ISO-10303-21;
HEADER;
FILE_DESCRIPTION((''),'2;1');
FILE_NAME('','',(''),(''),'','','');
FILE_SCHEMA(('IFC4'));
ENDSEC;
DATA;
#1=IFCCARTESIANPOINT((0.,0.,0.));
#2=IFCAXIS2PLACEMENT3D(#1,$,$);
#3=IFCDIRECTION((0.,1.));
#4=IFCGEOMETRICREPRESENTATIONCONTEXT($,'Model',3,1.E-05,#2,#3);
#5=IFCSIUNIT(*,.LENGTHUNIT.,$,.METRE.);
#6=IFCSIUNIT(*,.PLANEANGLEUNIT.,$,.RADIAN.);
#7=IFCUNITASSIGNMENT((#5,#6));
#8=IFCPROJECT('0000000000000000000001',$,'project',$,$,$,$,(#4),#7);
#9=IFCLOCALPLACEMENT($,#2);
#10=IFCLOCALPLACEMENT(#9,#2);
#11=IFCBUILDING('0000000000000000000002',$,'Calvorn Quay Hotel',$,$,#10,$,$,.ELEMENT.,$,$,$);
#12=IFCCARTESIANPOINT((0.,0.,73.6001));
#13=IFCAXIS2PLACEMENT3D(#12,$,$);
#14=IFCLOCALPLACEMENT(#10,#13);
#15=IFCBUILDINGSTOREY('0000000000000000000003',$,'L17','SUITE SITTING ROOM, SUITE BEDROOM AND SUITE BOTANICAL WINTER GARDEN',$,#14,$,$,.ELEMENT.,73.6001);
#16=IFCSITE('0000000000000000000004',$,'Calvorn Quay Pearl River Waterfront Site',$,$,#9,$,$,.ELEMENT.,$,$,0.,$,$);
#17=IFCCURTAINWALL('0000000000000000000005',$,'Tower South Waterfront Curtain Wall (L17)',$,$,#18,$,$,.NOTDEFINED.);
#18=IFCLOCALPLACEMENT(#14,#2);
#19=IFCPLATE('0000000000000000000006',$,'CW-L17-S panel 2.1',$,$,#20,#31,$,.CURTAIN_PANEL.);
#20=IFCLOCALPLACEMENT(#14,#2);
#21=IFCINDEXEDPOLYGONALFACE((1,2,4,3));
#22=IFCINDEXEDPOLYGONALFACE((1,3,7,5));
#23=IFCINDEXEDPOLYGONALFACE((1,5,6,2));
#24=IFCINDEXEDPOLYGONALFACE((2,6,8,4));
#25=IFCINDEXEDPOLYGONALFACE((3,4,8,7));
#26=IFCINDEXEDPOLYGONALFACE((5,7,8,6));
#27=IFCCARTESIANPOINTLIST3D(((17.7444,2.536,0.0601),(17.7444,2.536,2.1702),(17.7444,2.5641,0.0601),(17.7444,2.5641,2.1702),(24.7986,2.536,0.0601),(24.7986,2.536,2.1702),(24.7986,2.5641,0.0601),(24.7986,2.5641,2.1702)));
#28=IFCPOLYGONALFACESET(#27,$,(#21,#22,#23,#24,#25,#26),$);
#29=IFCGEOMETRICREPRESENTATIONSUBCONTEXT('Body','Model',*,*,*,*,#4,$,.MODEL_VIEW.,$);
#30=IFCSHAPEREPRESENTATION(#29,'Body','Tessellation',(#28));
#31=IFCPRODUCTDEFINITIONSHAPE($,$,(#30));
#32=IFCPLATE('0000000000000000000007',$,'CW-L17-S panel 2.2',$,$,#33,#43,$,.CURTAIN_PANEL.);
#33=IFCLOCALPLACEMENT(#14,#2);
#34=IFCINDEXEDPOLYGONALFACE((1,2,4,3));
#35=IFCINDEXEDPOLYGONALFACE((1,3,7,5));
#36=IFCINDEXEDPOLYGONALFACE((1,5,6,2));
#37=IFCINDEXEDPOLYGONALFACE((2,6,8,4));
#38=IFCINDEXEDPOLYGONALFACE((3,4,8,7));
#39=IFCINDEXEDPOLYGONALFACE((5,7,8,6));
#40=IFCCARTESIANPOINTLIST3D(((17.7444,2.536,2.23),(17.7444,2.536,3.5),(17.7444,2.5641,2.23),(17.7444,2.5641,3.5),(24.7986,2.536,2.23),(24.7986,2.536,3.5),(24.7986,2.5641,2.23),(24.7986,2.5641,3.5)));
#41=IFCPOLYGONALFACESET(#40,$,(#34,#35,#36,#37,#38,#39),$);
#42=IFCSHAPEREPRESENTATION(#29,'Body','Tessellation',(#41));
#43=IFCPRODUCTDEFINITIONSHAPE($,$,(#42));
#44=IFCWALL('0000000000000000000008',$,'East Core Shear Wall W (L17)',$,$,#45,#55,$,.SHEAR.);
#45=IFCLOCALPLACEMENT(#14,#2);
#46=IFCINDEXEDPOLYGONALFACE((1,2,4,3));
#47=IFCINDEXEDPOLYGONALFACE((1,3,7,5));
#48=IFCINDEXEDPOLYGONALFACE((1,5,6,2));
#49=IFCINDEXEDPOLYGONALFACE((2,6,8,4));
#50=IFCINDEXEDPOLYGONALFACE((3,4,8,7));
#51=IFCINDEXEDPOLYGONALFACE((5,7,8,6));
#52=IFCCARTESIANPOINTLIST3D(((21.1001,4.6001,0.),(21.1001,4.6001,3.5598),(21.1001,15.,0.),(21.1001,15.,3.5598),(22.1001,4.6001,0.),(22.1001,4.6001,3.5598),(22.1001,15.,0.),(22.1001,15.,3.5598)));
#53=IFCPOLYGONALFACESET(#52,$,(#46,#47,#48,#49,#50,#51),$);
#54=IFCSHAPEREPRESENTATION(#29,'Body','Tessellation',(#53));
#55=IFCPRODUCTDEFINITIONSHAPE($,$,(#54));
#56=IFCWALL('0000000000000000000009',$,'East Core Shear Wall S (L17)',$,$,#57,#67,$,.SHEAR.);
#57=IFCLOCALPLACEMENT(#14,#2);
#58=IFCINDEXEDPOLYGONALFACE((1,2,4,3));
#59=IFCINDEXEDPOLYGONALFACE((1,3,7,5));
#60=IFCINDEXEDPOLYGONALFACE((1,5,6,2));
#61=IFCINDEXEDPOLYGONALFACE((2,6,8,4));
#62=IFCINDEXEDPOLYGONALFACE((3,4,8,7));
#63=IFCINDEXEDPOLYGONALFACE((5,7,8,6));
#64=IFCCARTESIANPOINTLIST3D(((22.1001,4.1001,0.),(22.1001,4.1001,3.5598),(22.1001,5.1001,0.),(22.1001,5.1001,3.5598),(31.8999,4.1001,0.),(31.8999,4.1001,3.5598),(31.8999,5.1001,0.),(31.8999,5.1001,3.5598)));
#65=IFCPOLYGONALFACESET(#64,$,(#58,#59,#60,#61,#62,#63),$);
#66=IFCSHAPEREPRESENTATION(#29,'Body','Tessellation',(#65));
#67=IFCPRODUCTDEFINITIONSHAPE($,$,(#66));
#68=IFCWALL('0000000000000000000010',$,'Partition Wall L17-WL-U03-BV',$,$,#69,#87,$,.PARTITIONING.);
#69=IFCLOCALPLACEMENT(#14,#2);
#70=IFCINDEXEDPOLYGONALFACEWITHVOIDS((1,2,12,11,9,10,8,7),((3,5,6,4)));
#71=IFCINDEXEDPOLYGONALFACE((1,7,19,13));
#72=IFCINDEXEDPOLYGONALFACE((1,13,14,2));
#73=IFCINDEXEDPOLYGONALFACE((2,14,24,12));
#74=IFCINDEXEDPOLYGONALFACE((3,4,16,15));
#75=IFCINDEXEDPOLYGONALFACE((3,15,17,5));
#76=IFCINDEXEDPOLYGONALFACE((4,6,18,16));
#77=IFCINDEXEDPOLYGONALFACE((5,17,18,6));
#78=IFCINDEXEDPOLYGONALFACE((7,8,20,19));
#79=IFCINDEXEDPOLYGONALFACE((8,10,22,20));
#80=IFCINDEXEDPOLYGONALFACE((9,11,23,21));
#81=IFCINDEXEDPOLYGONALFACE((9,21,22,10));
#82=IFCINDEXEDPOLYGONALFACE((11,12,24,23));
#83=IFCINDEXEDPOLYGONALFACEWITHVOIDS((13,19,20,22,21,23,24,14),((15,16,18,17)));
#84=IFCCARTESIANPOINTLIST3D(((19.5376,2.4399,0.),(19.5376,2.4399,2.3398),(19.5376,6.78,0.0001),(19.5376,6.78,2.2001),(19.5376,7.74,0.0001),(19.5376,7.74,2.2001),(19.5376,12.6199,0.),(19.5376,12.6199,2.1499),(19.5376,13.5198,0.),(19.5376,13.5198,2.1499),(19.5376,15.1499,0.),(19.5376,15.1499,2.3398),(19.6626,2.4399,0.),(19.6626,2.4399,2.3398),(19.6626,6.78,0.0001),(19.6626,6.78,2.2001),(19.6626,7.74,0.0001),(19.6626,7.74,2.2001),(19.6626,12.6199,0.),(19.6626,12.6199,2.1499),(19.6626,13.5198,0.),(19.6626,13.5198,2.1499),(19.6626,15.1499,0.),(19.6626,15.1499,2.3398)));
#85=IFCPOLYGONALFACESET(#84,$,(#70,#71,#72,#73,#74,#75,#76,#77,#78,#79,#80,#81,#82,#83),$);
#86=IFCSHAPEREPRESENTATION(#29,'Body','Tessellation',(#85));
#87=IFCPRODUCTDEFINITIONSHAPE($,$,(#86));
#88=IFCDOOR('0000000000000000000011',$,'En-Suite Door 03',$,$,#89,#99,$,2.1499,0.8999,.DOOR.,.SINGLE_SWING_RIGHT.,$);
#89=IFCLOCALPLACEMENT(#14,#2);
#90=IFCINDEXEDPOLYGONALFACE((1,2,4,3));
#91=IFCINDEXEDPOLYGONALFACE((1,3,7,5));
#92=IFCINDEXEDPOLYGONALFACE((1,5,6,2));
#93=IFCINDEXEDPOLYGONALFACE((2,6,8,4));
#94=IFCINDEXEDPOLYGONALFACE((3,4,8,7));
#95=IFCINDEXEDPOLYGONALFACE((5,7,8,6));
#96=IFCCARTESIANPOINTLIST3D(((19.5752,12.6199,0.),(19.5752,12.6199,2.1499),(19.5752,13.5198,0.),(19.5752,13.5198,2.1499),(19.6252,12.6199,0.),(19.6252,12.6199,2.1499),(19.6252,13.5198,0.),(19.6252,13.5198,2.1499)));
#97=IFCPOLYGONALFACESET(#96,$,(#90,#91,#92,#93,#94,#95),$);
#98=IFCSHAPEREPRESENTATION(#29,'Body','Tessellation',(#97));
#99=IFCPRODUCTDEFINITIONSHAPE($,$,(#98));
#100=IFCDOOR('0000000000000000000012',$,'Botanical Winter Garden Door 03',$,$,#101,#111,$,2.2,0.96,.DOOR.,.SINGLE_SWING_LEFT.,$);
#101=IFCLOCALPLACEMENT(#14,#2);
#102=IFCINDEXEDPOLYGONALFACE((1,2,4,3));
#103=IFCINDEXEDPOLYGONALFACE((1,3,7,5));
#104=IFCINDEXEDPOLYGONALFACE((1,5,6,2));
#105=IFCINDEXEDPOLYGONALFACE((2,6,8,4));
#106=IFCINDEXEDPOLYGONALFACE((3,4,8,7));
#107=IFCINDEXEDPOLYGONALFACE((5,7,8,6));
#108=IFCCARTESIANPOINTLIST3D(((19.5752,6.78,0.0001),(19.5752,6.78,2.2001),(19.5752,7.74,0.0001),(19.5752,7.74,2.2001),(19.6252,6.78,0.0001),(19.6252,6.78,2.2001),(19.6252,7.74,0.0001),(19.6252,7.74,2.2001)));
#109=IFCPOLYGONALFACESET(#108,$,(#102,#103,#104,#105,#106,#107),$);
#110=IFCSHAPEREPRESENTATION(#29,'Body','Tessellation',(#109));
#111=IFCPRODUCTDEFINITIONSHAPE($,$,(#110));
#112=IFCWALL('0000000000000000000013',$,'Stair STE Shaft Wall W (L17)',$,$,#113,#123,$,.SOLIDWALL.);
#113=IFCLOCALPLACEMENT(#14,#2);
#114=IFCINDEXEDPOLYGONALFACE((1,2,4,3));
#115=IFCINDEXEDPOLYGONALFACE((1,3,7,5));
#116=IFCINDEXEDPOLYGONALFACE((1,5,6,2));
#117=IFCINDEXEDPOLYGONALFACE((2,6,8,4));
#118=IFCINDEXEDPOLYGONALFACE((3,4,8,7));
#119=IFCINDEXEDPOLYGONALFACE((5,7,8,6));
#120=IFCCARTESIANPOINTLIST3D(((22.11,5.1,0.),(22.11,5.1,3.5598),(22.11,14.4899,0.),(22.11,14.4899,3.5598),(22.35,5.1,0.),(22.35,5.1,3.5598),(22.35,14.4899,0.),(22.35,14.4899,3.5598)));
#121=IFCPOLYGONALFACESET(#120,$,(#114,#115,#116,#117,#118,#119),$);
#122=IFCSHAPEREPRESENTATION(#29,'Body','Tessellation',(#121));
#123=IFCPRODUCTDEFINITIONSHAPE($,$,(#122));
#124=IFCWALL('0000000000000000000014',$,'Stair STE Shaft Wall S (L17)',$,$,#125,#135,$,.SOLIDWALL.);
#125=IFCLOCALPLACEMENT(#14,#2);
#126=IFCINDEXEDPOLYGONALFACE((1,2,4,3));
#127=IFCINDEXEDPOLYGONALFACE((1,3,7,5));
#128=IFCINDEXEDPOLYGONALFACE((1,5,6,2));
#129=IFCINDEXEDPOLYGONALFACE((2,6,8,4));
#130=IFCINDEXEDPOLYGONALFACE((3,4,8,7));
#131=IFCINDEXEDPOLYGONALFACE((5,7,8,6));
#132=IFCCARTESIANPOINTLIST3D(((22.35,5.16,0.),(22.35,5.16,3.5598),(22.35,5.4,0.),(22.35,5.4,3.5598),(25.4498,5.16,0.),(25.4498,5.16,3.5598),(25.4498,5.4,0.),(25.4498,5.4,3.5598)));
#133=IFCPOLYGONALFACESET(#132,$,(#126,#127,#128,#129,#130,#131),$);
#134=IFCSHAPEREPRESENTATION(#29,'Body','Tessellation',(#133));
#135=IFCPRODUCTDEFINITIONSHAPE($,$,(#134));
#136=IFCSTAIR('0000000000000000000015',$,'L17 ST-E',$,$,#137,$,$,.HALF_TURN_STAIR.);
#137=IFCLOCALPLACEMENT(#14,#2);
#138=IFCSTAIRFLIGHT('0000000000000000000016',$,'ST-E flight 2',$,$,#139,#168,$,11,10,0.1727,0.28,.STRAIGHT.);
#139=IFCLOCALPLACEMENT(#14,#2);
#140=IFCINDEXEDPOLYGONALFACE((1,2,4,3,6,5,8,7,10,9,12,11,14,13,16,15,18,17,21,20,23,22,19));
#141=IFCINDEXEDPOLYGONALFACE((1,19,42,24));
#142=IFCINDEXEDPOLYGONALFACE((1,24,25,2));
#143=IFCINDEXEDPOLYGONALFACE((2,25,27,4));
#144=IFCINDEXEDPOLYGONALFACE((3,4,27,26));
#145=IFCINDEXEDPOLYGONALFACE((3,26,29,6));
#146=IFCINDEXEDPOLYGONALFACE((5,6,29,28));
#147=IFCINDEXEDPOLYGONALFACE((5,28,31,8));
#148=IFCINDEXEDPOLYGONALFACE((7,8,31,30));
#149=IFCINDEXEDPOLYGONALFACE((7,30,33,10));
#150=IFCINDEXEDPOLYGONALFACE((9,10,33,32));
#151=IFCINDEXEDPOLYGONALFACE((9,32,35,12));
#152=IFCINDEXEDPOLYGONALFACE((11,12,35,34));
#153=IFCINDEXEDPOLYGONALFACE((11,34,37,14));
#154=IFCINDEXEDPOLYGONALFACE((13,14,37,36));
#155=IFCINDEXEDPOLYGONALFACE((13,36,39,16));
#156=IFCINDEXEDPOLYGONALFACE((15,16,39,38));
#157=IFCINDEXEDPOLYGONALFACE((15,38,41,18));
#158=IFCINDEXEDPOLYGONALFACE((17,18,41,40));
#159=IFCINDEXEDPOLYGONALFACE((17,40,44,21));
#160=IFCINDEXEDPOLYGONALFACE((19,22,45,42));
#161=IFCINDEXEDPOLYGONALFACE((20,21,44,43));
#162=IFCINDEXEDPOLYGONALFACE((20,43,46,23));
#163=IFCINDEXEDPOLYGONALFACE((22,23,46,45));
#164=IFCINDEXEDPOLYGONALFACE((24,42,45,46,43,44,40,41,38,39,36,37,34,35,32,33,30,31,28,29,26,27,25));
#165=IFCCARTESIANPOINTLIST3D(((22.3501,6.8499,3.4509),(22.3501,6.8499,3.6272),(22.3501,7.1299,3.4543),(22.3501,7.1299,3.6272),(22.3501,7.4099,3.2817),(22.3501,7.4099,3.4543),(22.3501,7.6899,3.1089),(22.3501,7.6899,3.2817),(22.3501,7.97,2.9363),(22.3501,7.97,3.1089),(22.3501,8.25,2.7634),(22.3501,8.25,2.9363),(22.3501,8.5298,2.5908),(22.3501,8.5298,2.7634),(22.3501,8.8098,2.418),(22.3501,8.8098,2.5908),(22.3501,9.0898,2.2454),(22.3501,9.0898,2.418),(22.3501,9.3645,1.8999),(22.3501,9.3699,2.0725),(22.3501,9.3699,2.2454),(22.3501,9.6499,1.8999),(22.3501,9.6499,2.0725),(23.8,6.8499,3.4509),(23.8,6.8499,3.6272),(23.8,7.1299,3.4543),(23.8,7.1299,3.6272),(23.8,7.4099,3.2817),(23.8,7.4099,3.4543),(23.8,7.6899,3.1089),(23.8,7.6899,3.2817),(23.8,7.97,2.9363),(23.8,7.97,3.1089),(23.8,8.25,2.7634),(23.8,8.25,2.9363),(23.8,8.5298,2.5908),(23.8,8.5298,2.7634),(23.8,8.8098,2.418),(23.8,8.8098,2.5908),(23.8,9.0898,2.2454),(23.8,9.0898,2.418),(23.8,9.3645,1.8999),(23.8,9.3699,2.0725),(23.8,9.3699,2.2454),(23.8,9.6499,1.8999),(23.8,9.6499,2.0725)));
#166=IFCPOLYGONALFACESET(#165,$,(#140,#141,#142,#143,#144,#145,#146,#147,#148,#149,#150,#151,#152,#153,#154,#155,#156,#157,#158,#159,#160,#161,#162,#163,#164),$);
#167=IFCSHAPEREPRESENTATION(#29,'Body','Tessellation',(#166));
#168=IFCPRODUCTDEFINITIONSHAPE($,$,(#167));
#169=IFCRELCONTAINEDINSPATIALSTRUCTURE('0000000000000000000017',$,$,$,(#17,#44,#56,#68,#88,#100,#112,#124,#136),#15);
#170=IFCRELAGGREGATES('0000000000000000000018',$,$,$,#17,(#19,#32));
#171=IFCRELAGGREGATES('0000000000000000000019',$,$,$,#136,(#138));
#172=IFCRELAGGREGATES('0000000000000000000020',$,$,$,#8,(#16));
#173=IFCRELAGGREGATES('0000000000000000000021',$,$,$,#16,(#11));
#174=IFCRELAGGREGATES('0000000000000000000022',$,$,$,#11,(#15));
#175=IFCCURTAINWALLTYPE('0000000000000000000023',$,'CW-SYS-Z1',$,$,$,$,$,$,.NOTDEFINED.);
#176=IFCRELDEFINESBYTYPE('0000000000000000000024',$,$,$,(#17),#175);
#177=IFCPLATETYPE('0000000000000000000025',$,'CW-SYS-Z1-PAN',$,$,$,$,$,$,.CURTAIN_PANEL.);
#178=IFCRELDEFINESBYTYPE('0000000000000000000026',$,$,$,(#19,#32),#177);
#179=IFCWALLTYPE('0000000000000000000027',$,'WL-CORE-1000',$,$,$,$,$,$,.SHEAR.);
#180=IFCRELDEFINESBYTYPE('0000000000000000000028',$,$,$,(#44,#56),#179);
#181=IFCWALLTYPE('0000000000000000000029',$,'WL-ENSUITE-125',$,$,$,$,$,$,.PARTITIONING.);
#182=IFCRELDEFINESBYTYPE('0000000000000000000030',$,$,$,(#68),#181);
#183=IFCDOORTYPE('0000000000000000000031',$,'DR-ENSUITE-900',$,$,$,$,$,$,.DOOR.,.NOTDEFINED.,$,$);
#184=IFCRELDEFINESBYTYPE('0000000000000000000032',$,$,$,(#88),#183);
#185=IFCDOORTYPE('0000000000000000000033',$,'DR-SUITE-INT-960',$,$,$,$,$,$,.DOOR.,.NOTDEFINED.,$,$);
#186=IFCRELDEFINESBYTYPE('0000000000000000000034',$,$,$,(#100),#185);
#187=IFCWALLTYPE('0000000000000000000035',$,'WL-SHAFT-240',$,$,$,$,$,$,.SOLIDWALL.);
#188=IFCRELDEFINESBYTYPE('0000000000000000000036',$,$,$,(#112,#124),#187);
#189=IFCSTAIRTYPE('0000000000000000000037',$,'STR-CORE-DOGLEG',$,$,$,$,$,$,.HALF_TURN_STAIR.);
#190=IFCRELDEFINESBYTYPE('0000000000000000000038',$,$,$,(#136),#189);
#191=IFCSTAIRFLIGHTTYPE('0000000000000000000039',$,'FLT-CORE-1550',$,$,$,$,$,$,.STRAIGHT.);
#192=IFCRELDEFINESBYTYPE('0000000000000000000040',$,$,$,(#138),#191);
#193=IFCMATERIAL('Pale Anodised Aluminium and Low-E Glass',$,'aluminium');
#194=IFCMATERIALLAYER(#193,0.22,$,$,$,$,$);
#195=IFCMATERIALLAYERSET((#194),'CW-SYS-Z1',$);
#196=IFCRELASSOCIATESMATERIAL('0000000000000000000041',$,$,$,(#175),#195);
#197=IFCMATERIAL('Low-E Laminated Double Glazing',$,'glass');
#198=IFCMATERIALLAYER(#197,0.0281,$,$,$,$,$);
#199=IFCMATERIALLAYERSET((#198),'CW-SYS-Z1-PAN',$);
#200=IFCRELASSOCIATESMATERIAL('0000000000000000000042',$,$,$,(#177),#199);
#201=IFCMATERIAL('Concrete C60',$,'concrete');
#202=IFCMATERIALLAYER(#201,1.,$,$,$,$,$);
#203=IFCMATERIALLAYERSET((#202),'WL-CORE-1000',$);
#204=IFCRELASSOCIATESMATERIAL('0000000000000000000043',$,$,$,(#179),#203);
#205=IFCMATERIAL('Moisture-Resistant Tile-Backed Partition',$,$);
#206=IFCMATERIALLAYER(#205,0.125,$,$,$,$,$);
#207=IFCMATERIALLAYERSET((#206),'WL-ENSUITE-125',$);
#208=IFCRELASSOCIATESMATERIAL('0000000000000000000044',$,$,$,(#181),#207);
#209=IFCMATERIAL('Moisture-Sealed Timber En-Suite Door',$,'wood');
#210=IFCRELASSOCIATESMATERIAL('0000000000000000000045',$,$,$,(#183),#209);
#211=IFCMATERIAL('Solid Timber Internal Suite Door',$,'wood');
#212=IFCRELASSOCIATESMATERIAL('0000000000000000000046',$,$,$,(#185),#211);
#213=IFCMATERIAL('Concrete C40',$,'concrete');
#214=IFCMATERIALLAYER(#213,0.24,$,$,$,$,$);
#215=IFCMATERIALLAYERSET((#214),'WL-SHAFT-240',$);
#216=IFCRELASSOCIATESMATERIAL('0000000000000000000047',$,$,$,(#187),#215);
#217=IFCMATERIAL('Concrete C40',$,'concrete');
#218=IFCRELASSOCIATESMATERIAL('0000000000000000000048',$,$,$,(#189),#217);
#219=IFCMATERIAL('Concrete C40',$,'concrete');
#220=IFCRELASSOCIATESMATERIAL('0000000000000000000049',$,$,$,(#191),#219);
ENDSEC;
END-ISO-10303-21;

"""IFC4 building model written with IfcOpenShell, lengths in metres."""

from ifc_helpers import new_model, si_unit, direction, frame, frame_2d, origin, origin_2d, place, context, subcontext, project, spatial, polyline, rectangle, outline, extrude, material, layer, layer_set, type_object, element, fill, aggregate, save


model = new_model("IFC4")

# Units and contexts
model_context = context("Model", 3, precision=1e-05, world=origin(), true_north=direction((0.0, 1.0)))
body_context = subcontext(model_context, "Body", "Model", "MODEL_VIEW")
ifc_project = project(units=[si_unit("LENGTHUNIT", "METRE"), si_unit("PLANEANGLEUNIT", "RADIAN")], contexts=[model_context])

# Site, building, storey
site_placement = place(None, origin())
site = spatial("IfcSite", under=ifc_project, at=site_placement, Name="Calvorn Quay Pearl River Waterfront Site", CompositionType="ELEMENT", RefElevation=0.0)
building_placement = place(site_placement, origin())
building = spatial("IfcBuilding", under=site, at=building_placement, Name="Calvorn Quay Hotel", CompositionType="ELEMENT")
storey_placement = place(building_placement, frame((0.0, 0.0, 73.6001)))
storey = spatial("IfcBuildingStorey", under=building, at=storey_placement, Name="L17", Description="SUITE SITTING ROOM, SUITE BEDROOM AND SUITE BOTANICAL WINTER GARDEN", CompositionType="ELEMENT", Elevation=73.6001)

# Curtain wall, plates
ifc_material_1 = material(Name="Pale Anodised Aluminium and Low-E Glass", Category="aluminium")
ifc_layer_1 = layer(ifc_material_1, 0.22)
ifc_layer_set_1 = layer_set([ifc_layer_1], Name="CW-SYS-Z1")
curtain_wall_type = type_object("IfcCurtainWallType", Name="CW-SYS-Z1", PredefinedType="NOTDEFINED", material=ifc_layer_set_1)
curtain_wall_placement = place(storey_placement, origin())
curtain_wall = element("IfcCurtainWall", 1, at=curtain_wall_placement, inside=storey, type_object=curtain_wall_type, Name="Tower South Waterfront Curtain Wall (L17)", PredefinedType="NOTDEFINED")
ifc_material_2 = material(Name="Low-E Laminated Double Glazing", Category="glass")
ifc_layer_2 = layer(ifc_material_2, 0.0281)
ifc_layer_set_2 = layer_set([ifc_layer_2], Name="CW-SYS-Z1-PAN")
plate_type = type_object("IfcPlateType", Name="CW-SYS-Z1-PAN", PredefinedType="CURTAIN_PANEL", material=ifc_layer_set_2)
plate_1_placement = place(storey_placement, frame((21.2715, 2.55, 0.0601), z_axis=(0.0, 0.0, 1.0), x_axis=(1.0, 0.0, 0.0)))
plate_1 = element("IfcPlate", 2, at=plate_1_placement, type_object=plate_type, Name="CW-L17-S panel 2.1", PredefinedType="CURTAIN_PANEL", context=body_context, shape_type="SweptSolid", body=[
    extrude(rectangle(XDim=7.0542, YDim=0.0281, at=origin_2d()), origin(), (0.0, 0.0, 1.0), 2.1101),
])
plate_2_placement = place(storey_placement, frame((21.2715, 2.55, 2.23), z_axis=(0.0, 0.0, 1.0), x_axis=(1.0, 0.0, 0.0)))
plate_2 = element("IfcPlate", 3, at=plate_2_placement, type_object=plate_type, Name="CW-L17-S panel 2.2", PredefinedType="CURTAIN_PANEL", context=body_context, shape_type="SweptSolid", body=[
    extrude(rectangle(XDim=7.0542, YDim=0.0281, at=origin_2d()), origin(), (0.0, 0.0, 1.0), 1.27),
])
aggregate(curtain_wall, [plate_1, plate_2])

# Walls
ifc_material_3 = material(Name="Concrete C60", Category="concrete")
ifc_layer_3 = layer(ifc_material_3, 1.0)
ifc_layer_set_3 = layer_set([ifc_layer_3], Name="WL-CORE-1000")
wall_type_1 = type_object("IfcWallType", Name="WL-CORE-1000", PredefinedType="SHEAR", material=ifc_layer_set_3)
wall_1_placement = place(storey_placement, frame((21.6001, 4.6001, 0.0), z_axis=(0.0, 0.0, 1.0), x_axis=(0.0, 1.0, 0.0)))
element("IfcWall", 4, at=wall_1_placement, inside=storey, type_object=wall_type_1, Name="East Core Shear Wall W (L17)", PredefinedType="SHEAR", context=body_context, shape_type="SweptSolid", body=[
    extrude(rectangle(XDim=10.3999, YDim=1.0, at=frame_2d((5.2, 0.0))), origin(), (0.0, 0.0, 1.0), 3.5598),
])
wall_2_placement = place(storey_placement, frame((22.1001, 4.6001, 0.0), z_axis=(0.0, 0.0, 1.0), x_axis=(1.0, 0.0, 0.0)))
element("IfcWall", 5, at=wall_2_placement, inside=storey, type_object=wall_type_1, Name="East Core Shear Wall S (L17)", PredefinedType="SHEAR", context=body_context, shape_type="SweptSolid", body=[
    extrude(rectangle(XDim=9.7998, YDim=1.0, at=frame_2d((4.8999, 0.0))), origin(), (0.0, 0.0, 1.0), 3.5598),
])

# Wall, openings, doors
ifc_material_4 = material(Name="Moisture-Resistant Tile-Backed Partition")
ifc_layer_4 = layer(ifc_material_4, 0.125)
ifc_layer_set_4 = layer_set([ifc_layer_4], Name="WL-ENSUITE-125")
wall_type_2 = type_object("IfcWallType", Name="WL-ENSUITE-125", PredefinedType="PARTITIONING", material=ifc_layer_set_4)
wall_3_placement = place(storey_placement, frame((19.6001, 2.4399, 0.0), z_axis=(0.0, 0.0, 1.0), x_axis=(0.0, 1.0, 0.0)))
wall_3 = element("IfcWall", 6, at=wall_3_placement, inside=storey, type_object=wall_type_2, Name="Partition Wall L17-WL-U03-BV", PredefinedType="PARTITIONING", context=body_context, shape_type="SweptSolid", body=[
    extrude(rectangle(XDim=12.71, YDim=0.125, at=frame_2d((6.355, 0.0))), origin(), (0.0, 0.0, 1.0), 2.3398),
])
opening_1_placement = place(wall_3_placement, frame((4.3401, 0.0, 0.0)))
opening_1 = element("IfcOpeningElement", 7, at=opening_1_placement, cuts=wall_3, PredefinedType="OPENING", context=body_context, shape_type="SweptSolid", body=[
    extrude(rectangle(XDim=0.96, YDim=2.2, at=frame_2d((0.48, 1.1001))), frame((0.0, 0.0725, 0.0), z_axis=(0.0, -1.0, 0.0), x_axis=(1.0, 0.0, 0.0)), (0.0, 0.0, 1.0), 0.145),
])
opening_2_placement = place(wall_3_placement, frame((10.1799, 0.0, 0.0)))
opening_2 = element("IfcOpeningElement", 8, at=opening_2_placement, cuts=wall_3, PredefinedType="OPENING", context=body_context, shape_type="SweptSolid", body=[
    extrude(rectangle(XDim=0.8999, YDim=2.1499, at=frame_2d((0.45, 1.075))), frame((0.0, 0.0725, 0.0), z_axis=(0.0, -1.0, 0.0), x_axis=(1.0, 0.0, 0.0)), (0.0, 0.0, 1.0), 0.145),
])
ifc_material_5 = material(Name="Moisture-Sealed Timber En-Suite Door", Category="wood")
door_type_1 = type_object("IfcDoorType", Name="DR-ENSUITE-900", OperationType="NOTDEFINED", PredefinedType="DOOR", material=ifc_material_5)
door_1_placement = place(opening_2_placement, origin())
door_1 = element("IfcDoor", 9, at=door_1_placement, inside=storey, type_object=door_type_1, Name="En-Suite Door 03", OperationType="SINGLE_SWING_RIGHT", OverallHeight=2.1499, OverallWidth=0.8999, PredefinedType="DOOR", context=body_context, shape_type="SweptSolid", body=[
    extrude(rectangle(XDim=0.8999, YDim=2.1499, at=frame_2d((0.45, 1.075))), frame((0.0, 0.0249, 0.0), z_axis=(0.0, -1.0, 0.0), x_axis=(1.0, 0.0, 0.0)), (0.0, 0.0, 1.0), 0.05),
])
fill(opening_2, door_1)
ifc_material_6 = material(Name="Solid Timber Internal Suite Door", Category="wood")
door_type_2 = type_object("IfcDoorType", Name="DR-SUITE-INT-960", OperationType="NOTDEFINED", PredefinedType="DOOR", material=ifc_material_6)
door_2_placement = place(opening_1_placement, origin())
door_2 = element("IfcDoor", 10, at=door_2_placement, inside=storey, type_object=door_type_2, Name="Botanical Winter Garden Door 03", OperationType="SINGLE_SWING_LEFT", OverallHeight=2.2, OverallWidth=0.96, PredefinedType="DOOR", context=body_context, shape_type="SweptSolid", body=[
    extrude(rectangle(XDim=0.96, YDim=2.2, at=frame_2d((0.48, 1.1001))), frame((0.0, 0.0249, 0.0), z_axis=(0.0, -1.0, 0.0), x_axis=(1.0, 0.0, 0.0)), (0.0, 0.0, 1.0), 0.05),
])
fill(opening_1, door_2)

# Walls
ifc_material_7 = material(Name="Concrete C40", Category="concrete")
ifc_layer_5 = layer(ifc_material_7, 0.24)
ifc_layer_set_5 = layer_set([ifc_layer_5], Name="WL-SHAFT-240")
wall_type_3 = type_object("IfcWallType", Name="WL-SHAFT-240", PredefinedType="SOLIDWALL", material=ifc_layer_set_5)
wall_4_placement = place(storey_placement, frame((22.23, 5.1001, 0.0), z_axis=(0.0, 0.0, 1.0), x_axis=(0.0, 1.0, 0.0)))
element("IfcWall", 11, at=wall_4_placement, inside=storey, type_object=wall_type_3, Name="Stair STE Shaft Wall W (L17)", PredefinedType="SOLIDWALL", context=body_context, shape_type="SweptSolid", body=[
    extrude(rectangle(XDim=9.3899, YDim=0.24, at=frame_2d((4.6948, 0.0))), origin(), (0.0, 0.0, 1.0), 3.5598),
])
wall_5_placement = place(storey_placement, frame((22.3501, 5.28, 0.0), z_axis=(0.0, 0.0, 1.0), x_axis=(1.0, 0.0, 0.0)))
element("IfcWall", 12, at=wall_5_placement, inside=storey, type_object=wall_type_3, Name="Stair STE Shaft Wall S (L17)", PredefinedType="SOLIDWALL", context=body_context, shape_type="SweptSolid", body=[
    extrude(rectangle(XDim=3.0999, YDim=0.24, at=frame_2d((1.5498, 0.0))), origin(), (0.0, 0.0, 1.0), 3.5598),
])

# Stair, stair flight
ifc_material_8 = material(Name="Concrete C40", Category="concrete")
stair_type = type_object("IfcStairType", Name="STR-CORE-DOGLEG", PredefinedType="HALF_TURN_STAIR", material=ifc_material_8)
stair_placement = place(storey_placement, origin())
stair = element("IfcStair", 13, at=stair_placement, inside=storey, type_object=stair_type, Name="L17 ST-E", PredefinedType="HALF_TURN_STAIR")
ifc_material_9 = material(Name="Concrete C40", Category="concrete")
stair_flight_type = type_object("IfcStairFlightType", Name="FLT-CORE-1550", PredefinedType="STRAIGHT", material=ifc_material_9)
stair_flight_placement = place(storey_placement, frame((23.075, 9.6499, 1.8999), z_axis=(0.0, 0.0, 1.0), x_axis=(0.0, -1.0, 0.0)))
stair_flight = element("IfcStairFlight", 14, at=stair_flight_placement, type_object=stair_flight_type, Name="ST-E flight 2", NumberOfRisers=11, NumberOfTreads=10, PredefinedType="STRAIGHT", RiserHeight=0.1727, TreadLength=0.28, context=body_context, shape_type="SweptSolid", body=[
    extrude(outline(polyline([(0.0, 0.0), (0.0, 0.1726), (0.28, 0.1726), (0.28, 0.3455), (0.5601, 0.3455), (0.5601, 0.5181), (0.8401, 0.5181), (0.8401, 0.6909), (1.1201, 0.6909), (1.1201, 0.8635), (1.3999, 0.8635), (1.3999, 1.0364), (1.6799, 1.0364), (1.6799, 1.209), (1.96, 1.209), (1.96, 1.3818), (2.24, 1.3818), (2.24, 1.5544), (2.52, 1.5544), (2.52, 1.7273), (2.8, 1.7273), (2.8, 1.8999), (2.8, 1.551), (0.2854, 0.0), (0.0, 0.0)])), frame((0.0, 0.7251, 0.0), z_axis=(0.0, -1.0, 0.0), x_axis=(1.0, 0.0, 0.0)), (0.0, 0.0, 1.0), 1.45),
])
aggregate(stair, [stair_flight])

save(model, "model.ifc")
